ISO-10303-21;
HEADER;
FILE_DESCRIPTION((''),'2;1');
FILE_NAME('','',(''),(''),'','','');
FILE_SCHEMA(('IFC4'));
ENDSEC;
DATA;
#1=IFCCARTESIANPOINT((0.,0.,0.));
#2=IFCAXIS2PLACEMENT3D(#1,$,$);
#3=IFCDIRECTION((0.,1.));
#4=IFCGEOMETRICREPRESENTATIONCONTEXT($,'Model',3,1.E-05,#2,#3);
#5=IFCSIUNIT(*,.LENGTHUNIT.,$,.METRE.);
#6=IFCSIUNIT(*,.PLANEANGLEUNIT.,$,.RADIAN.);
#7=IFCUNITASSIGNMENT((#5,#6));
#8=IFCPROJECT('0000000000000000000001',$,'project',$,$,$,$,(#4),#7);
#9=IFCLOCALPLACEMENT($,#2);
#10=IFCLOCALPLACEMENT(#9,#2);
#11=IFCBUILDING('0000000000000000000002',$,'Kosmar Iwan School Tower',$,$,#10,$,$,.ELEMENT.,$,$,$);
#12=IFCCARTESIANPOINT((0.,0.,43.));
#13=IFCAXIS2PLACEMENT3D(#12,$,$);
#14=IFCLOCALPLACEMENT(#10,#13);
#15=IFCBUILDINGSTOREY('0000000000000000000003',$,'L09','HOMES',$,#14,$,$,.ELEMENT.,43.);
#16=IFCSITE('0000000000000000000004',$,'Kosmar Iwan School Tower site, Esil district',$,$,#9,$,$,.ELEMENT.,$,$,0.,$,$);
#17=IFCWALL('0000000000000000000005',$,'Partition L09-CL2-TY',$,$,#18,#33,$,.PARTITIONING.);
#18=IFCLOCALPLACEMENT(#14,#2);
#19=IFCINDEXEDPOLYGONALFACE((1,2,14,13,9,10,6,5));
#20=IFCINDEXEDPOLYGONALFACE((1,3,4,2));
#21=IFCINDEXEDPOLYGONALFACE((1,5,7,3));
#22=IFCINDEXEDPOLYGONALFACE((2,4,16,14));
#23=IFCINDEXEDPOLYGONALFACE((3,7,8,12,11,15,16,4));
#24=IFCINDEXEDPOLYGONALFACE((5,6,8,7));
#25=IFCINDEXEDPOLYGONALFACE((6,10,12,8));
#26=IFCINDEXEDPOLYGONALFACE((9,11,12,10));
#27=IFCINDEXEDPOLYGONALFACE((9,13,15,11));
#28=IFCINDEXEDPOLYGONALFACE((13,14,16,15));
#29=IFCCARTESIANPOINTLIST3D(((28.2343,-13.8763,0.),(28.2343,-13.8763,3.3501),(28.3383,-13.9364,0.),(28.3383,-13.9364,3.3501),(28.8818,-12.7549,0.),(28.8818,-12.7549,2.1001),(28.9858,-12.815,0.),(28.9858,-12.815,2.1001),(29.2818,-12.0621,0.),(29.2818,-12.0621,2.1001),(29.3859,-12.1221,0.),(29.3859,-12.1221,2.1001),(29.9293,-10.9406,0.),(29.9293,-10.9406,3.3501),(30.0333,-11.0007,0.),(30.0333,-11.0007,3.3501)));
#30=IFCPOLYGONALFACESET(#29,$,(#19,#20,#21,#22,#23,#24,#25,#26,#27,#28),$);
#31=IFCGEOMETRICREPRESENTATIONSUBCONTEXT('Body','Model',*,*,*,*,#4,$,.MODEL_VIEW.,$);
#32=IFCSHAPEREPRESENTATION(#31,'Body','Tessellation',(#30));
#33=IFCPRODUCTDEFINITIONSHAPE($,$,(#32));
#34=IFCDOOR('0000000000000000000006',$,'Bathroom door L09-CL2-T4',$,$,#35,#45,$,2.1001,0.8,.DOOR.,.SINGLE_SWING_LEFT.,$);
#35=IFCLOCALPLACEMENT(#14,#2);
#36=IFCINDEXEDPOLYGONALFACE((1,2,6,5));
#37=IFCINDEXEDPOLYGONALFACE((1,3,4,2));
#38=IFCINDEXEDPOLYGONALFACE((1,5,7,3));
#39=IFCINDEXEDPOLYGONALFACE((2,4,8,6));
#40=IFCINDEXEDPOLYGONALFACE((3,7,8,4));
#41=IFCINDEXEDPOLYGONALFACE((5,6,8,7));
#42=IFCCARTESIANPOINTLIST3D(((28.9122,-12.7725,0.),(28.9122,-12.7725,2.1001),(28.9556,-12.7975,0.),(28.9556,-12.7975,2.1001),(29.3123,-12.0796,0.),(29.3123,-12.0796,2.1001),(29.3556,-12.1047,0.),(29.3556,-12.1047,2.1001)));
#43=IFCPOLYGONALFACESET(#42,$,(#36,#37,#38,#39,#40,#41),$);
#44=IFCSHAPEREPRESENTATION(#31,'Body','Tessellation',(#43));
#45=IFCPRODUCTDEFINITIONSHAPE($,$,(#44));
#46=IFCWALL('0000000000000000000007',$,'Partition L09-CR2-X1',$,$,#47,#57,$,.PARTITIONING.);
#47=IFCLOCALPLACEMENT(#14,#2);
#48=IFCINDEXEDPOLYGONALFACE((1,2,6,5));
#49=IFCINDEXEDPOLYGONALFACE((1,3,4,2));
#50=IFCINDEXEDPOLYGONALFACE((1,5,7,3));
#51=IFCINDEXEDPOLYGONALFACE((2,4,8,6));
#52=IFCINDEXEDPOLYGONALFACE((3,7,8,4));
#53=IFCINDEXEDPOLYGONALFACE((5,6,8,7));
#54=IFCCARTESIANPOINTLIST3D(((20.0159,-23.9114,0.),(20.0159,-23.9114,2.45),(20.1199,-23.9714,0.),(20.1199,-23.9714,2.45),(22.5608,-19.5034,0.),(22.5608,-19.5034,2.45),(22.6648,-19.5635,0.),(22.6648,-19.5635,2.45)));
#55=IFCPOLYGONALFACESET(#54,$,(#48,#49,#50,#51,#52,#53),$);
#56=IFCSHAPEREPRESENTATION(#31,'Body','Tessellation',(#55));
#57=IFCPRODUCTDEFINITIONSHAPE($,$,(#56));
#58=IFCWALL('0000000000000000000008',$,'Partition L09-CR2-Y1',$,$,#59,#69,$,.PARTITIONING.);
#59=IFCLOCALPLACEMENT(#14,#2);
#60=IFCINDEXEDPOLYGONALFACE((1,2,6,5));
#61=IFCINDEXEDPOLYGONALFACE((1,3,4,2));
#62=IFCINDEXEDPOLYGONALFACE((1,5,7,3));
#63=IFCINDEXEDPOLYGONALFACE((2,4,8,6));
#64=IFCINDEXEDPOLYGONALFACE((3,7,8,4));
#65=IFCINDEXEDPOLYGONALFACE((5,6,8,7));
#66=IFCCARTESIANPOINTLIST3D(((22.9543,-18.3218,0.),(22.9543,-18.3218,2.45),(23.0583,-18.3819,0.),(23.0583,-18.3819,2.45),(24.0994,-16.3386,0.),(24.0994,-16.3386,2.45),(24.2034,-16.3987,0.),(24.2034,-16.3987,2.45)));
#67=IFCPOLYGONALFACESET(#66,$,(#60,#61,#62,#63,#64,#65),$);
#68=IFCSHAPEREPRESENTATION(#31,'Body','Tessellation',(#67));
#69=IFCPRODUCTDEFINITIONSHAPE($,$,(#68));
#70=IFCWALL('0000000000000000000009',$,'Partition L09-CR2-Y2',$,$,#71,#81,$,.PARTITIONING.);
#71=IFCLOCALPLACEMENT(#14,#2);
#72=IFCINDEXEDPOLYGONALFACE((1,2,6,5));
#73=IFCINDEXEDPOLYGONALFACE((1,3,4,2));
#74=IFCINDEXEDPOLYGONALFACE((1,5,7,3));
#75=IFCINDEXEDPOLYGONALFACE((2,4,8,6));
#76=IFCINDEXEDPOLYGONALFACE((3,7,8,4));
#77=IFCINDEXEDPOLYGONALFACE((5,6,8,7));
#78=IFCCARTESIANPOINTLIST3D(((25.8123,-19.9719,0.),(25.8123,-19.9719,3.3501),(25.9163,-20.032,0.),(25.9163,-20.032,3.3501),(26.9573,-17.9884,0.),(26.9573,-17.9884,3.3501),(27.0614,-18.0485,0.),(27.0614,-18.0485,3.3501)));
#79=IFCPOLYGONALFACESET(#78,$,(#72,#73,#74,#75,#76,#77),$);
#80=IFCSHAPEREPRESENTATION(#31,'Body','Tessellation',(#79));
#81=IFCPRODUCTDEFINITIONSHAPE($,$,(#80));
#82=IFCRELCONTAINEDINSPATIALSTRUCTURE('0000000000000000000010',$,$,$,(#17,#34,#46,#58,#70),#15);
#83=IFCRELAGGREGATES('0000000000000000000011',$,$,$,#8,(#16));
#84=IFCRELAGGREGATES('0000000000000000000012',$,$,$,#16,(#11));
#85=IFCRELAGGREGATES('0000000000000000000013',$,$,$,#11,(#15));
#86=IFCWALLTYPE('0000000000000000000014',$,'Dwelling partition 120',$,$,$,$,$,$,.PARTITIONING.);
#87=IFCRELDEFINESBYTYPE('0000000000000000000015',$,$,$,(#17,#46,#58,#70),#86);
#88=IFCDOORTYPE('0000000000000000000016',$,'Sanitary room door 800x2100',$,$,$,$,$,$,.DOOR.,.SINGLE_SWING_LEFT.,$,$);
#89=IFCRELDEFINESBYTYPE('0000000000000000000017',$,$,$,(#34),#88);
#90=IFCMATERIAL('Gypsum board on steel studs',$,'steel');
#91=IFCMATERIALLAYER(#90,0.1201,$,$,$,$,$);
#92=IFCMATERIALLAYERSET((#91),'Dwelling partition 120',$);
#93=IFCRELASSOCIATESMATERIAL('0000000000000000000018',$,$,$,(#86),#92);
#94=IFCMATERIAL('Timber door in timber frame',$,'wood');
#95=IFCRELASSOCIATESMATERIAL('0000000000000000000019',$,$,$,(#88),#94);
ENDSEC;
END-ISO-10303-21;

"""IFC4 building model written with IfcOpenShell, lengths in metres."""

from ifc_helpers import new_model, si_unit, direction, frame, frame_2d, origin, place, context, subcontext, project, spatial, rectangle, extrude, material, layer, layer_set, type_object, element, fill, save


model = new_model("IFC4")

# Units and contexts
model_context = context("Model", 3, precision=1e-05, world=origin(), true_north=direction((0.0, 1.0)))
body_context = subcontext(model_context, "Body", "Model", "MODEL_VIEW")
ifc_project = project(units=[si_unit("LENGTHUNIT", "METRE"), si_unit("PLANEANGLEUNIT", "RADIAN")], contexts=[model_context])

# Site, building, storey
site_placement = place(None, origin())
site = spatial("IfcSite", under=ifc_project, at=site_placement, Name="Kosmar Iwan School Tower site, Esil district", CompositionType="ELEMENT", RefElevation=0.0)
building_placement = place(site_placement, origin())
building = spatial("IfcBuilding", under=site, at=building_placement, Name="Kosmar Iwan School Tower", CompositionType="ELEMENT")
storey_placement = place(building_placement, frame((0.0, 0.0, 43.0)))
storey = spatial("IfcBuildingStorey", under=building, at=storey_placement, Name="L09", Description="HOMES", CompositionType="ELEMENT", Elevation=43.0)

# Wall, opening, door
ifc_material_1 = material(Name="Gypsum board on steel studs", Category="steel")
ifc_layer_1 = layer(ifc_material_1, 0.1201)
ifc_layer_set_1 = layer_set([ifc_layer_1], Name="Dwelling partition 120")
wall_type_1 = type_object("IfcWallType", Name="Dwelling partition 120", PredefinedType="PARTITIONING", material=ifc_layer_set_1)
wall_1_placement = place(storey_placement, frame((28.2864, -13.9062, 0.0), z_axis=(0.0, 0.0, 1.0), x_axis=(0.50002, 0.866014, 0.0)))
wall_1 = element("IfcWall", 1, at=wall_1_placement, inside=storey, type_object=wall_type_1, Name="Partition L09-CL2-TY", PredefinedType="PARTITIONING", context=body_context, shape_type="SweptSolid", body=[
    extrude(rectangle(XDim=3.3899, YDim=0.1201, at=frame_2d((1.6948, 0.0))), origin(), (0.0, 0.0, 1.0), 3.3501),
])
opening_1_placement = place(wall_1_placement, frame((1.2949, 0.0, 0.0)))
opening_1 = element("IfcOpeningElement", 2, at=opening_1_placement, cuts=wall_1, PredefinedType="OPENING", context=body_context, shape_type="SweptSolid", body=[
    extrude(rectangle(XDim=0.8, YDim=2.1001, at=frame_2d((0.3999, 1.05))), frame((0.0, 0.072, 0.0), z_axis=(0.0, -1.0, 0.0), x_axis=(1.0, 0.0, 0.0)), (0.0, 0.0, 1.0), 0.144),
])
ifc_material_2 = material(Name="Timber door in timber frame", Category="wood")
door_type_1 = type_object("IfcDoorType", Name="Sanitary room door 800x2100", OperationType="SINGLE_SWING_LEFT", PredefinedType="DOOR", material=ifc_material_2)
door_1_placement = place(opening_1_placement, origin())
door_1 = element("IfcDoor", 3, at=door_1_placement, inside=storey, type_object=door_type_1, Name="Bathroom door L09-CL2-T4", OperationType="SINGLE_SWING_LEFT", OverallHeight=2.1001, OverallWidth=0.8, PredefinedType="DOOR", context=body_context, shape_type="SweptSolid", body=[
    extrude(rectangle(XDim=0.8, YDim=2.1001, at=frame_2d((0.3999, 1.05))), frame((0.0, 0.0249, 0.0), z_axis=(0.0, -1.0, 0.0), x_axis=(1.0, 0.0, 0.0)), (0.0, 0.0, 1.0), 0.05),
])
fill(opening_1, door_1)

# Walls
wall_2_placement = place(storey_placement, frame((22.6128, -19.5334, 0.0), z_axis=(0.0, 0.0, 1.0), x_axis=(-0.499998, -0.866027, 0.0)))
element("IfcWall", 4, at=wall_2_placement, inside=storey, type_object=wall_type_1, Name="Partition L09-CR2-X1", PredefinedType="PARTITIONING", context=body_context, shape_type="SweptSolid", body=[
    extrude(rectangle(XDim=5.0898, YDim=0.1201, at=frame_2d((2.5449, 0.0))), origin(), (0.0, 0.0, 1.0), 2.45),
])
wall_3_placement = place(storey_placement, frame((24.1514, -16.3687, 0.0), z_axis=(0.0, 0.0, 1.0), x_axis=(-0.500015, -0.866017, 0.0)))
element("IfcWall", 5, at=wall_3_placement, inside=storey, type_object=wall_type_1, Name="Partition L09-CR2-Y1", PredefinedType="PARTITIONING", context=body_context, shape_type="SweptSolid", body=[
    extrude(rectangle(XDim=2.29, YDim=0.1201, at=frame_2d((1.145, 0.0))), origin(), (0.0, 0.0, 1.0), 2.45),
])
wall_4_placement = place(storey_placement, frame((27.0093, -18.0186, 0.0), z_axis=(0.0, 0.0, 1.0), x_axis=(-0.499969, -0.866044, 0.0)))
element("IfcWall", 6, at=wall_4_placement, inside=storey, type_object=wall_type_1, Name="Partition L09-CR2-Y2", PredefinedType="PARTITIONING", context=body_context, shape_type="SweptSolid", body=[
    extrude(rectangle(XDim=2.2903, YDim=0.1201, at=frame_2d((1.145, 0.0))), origin(), (0.0, 0.0, 1.0), 3.3501),
])

save(model, "model.ifc")
